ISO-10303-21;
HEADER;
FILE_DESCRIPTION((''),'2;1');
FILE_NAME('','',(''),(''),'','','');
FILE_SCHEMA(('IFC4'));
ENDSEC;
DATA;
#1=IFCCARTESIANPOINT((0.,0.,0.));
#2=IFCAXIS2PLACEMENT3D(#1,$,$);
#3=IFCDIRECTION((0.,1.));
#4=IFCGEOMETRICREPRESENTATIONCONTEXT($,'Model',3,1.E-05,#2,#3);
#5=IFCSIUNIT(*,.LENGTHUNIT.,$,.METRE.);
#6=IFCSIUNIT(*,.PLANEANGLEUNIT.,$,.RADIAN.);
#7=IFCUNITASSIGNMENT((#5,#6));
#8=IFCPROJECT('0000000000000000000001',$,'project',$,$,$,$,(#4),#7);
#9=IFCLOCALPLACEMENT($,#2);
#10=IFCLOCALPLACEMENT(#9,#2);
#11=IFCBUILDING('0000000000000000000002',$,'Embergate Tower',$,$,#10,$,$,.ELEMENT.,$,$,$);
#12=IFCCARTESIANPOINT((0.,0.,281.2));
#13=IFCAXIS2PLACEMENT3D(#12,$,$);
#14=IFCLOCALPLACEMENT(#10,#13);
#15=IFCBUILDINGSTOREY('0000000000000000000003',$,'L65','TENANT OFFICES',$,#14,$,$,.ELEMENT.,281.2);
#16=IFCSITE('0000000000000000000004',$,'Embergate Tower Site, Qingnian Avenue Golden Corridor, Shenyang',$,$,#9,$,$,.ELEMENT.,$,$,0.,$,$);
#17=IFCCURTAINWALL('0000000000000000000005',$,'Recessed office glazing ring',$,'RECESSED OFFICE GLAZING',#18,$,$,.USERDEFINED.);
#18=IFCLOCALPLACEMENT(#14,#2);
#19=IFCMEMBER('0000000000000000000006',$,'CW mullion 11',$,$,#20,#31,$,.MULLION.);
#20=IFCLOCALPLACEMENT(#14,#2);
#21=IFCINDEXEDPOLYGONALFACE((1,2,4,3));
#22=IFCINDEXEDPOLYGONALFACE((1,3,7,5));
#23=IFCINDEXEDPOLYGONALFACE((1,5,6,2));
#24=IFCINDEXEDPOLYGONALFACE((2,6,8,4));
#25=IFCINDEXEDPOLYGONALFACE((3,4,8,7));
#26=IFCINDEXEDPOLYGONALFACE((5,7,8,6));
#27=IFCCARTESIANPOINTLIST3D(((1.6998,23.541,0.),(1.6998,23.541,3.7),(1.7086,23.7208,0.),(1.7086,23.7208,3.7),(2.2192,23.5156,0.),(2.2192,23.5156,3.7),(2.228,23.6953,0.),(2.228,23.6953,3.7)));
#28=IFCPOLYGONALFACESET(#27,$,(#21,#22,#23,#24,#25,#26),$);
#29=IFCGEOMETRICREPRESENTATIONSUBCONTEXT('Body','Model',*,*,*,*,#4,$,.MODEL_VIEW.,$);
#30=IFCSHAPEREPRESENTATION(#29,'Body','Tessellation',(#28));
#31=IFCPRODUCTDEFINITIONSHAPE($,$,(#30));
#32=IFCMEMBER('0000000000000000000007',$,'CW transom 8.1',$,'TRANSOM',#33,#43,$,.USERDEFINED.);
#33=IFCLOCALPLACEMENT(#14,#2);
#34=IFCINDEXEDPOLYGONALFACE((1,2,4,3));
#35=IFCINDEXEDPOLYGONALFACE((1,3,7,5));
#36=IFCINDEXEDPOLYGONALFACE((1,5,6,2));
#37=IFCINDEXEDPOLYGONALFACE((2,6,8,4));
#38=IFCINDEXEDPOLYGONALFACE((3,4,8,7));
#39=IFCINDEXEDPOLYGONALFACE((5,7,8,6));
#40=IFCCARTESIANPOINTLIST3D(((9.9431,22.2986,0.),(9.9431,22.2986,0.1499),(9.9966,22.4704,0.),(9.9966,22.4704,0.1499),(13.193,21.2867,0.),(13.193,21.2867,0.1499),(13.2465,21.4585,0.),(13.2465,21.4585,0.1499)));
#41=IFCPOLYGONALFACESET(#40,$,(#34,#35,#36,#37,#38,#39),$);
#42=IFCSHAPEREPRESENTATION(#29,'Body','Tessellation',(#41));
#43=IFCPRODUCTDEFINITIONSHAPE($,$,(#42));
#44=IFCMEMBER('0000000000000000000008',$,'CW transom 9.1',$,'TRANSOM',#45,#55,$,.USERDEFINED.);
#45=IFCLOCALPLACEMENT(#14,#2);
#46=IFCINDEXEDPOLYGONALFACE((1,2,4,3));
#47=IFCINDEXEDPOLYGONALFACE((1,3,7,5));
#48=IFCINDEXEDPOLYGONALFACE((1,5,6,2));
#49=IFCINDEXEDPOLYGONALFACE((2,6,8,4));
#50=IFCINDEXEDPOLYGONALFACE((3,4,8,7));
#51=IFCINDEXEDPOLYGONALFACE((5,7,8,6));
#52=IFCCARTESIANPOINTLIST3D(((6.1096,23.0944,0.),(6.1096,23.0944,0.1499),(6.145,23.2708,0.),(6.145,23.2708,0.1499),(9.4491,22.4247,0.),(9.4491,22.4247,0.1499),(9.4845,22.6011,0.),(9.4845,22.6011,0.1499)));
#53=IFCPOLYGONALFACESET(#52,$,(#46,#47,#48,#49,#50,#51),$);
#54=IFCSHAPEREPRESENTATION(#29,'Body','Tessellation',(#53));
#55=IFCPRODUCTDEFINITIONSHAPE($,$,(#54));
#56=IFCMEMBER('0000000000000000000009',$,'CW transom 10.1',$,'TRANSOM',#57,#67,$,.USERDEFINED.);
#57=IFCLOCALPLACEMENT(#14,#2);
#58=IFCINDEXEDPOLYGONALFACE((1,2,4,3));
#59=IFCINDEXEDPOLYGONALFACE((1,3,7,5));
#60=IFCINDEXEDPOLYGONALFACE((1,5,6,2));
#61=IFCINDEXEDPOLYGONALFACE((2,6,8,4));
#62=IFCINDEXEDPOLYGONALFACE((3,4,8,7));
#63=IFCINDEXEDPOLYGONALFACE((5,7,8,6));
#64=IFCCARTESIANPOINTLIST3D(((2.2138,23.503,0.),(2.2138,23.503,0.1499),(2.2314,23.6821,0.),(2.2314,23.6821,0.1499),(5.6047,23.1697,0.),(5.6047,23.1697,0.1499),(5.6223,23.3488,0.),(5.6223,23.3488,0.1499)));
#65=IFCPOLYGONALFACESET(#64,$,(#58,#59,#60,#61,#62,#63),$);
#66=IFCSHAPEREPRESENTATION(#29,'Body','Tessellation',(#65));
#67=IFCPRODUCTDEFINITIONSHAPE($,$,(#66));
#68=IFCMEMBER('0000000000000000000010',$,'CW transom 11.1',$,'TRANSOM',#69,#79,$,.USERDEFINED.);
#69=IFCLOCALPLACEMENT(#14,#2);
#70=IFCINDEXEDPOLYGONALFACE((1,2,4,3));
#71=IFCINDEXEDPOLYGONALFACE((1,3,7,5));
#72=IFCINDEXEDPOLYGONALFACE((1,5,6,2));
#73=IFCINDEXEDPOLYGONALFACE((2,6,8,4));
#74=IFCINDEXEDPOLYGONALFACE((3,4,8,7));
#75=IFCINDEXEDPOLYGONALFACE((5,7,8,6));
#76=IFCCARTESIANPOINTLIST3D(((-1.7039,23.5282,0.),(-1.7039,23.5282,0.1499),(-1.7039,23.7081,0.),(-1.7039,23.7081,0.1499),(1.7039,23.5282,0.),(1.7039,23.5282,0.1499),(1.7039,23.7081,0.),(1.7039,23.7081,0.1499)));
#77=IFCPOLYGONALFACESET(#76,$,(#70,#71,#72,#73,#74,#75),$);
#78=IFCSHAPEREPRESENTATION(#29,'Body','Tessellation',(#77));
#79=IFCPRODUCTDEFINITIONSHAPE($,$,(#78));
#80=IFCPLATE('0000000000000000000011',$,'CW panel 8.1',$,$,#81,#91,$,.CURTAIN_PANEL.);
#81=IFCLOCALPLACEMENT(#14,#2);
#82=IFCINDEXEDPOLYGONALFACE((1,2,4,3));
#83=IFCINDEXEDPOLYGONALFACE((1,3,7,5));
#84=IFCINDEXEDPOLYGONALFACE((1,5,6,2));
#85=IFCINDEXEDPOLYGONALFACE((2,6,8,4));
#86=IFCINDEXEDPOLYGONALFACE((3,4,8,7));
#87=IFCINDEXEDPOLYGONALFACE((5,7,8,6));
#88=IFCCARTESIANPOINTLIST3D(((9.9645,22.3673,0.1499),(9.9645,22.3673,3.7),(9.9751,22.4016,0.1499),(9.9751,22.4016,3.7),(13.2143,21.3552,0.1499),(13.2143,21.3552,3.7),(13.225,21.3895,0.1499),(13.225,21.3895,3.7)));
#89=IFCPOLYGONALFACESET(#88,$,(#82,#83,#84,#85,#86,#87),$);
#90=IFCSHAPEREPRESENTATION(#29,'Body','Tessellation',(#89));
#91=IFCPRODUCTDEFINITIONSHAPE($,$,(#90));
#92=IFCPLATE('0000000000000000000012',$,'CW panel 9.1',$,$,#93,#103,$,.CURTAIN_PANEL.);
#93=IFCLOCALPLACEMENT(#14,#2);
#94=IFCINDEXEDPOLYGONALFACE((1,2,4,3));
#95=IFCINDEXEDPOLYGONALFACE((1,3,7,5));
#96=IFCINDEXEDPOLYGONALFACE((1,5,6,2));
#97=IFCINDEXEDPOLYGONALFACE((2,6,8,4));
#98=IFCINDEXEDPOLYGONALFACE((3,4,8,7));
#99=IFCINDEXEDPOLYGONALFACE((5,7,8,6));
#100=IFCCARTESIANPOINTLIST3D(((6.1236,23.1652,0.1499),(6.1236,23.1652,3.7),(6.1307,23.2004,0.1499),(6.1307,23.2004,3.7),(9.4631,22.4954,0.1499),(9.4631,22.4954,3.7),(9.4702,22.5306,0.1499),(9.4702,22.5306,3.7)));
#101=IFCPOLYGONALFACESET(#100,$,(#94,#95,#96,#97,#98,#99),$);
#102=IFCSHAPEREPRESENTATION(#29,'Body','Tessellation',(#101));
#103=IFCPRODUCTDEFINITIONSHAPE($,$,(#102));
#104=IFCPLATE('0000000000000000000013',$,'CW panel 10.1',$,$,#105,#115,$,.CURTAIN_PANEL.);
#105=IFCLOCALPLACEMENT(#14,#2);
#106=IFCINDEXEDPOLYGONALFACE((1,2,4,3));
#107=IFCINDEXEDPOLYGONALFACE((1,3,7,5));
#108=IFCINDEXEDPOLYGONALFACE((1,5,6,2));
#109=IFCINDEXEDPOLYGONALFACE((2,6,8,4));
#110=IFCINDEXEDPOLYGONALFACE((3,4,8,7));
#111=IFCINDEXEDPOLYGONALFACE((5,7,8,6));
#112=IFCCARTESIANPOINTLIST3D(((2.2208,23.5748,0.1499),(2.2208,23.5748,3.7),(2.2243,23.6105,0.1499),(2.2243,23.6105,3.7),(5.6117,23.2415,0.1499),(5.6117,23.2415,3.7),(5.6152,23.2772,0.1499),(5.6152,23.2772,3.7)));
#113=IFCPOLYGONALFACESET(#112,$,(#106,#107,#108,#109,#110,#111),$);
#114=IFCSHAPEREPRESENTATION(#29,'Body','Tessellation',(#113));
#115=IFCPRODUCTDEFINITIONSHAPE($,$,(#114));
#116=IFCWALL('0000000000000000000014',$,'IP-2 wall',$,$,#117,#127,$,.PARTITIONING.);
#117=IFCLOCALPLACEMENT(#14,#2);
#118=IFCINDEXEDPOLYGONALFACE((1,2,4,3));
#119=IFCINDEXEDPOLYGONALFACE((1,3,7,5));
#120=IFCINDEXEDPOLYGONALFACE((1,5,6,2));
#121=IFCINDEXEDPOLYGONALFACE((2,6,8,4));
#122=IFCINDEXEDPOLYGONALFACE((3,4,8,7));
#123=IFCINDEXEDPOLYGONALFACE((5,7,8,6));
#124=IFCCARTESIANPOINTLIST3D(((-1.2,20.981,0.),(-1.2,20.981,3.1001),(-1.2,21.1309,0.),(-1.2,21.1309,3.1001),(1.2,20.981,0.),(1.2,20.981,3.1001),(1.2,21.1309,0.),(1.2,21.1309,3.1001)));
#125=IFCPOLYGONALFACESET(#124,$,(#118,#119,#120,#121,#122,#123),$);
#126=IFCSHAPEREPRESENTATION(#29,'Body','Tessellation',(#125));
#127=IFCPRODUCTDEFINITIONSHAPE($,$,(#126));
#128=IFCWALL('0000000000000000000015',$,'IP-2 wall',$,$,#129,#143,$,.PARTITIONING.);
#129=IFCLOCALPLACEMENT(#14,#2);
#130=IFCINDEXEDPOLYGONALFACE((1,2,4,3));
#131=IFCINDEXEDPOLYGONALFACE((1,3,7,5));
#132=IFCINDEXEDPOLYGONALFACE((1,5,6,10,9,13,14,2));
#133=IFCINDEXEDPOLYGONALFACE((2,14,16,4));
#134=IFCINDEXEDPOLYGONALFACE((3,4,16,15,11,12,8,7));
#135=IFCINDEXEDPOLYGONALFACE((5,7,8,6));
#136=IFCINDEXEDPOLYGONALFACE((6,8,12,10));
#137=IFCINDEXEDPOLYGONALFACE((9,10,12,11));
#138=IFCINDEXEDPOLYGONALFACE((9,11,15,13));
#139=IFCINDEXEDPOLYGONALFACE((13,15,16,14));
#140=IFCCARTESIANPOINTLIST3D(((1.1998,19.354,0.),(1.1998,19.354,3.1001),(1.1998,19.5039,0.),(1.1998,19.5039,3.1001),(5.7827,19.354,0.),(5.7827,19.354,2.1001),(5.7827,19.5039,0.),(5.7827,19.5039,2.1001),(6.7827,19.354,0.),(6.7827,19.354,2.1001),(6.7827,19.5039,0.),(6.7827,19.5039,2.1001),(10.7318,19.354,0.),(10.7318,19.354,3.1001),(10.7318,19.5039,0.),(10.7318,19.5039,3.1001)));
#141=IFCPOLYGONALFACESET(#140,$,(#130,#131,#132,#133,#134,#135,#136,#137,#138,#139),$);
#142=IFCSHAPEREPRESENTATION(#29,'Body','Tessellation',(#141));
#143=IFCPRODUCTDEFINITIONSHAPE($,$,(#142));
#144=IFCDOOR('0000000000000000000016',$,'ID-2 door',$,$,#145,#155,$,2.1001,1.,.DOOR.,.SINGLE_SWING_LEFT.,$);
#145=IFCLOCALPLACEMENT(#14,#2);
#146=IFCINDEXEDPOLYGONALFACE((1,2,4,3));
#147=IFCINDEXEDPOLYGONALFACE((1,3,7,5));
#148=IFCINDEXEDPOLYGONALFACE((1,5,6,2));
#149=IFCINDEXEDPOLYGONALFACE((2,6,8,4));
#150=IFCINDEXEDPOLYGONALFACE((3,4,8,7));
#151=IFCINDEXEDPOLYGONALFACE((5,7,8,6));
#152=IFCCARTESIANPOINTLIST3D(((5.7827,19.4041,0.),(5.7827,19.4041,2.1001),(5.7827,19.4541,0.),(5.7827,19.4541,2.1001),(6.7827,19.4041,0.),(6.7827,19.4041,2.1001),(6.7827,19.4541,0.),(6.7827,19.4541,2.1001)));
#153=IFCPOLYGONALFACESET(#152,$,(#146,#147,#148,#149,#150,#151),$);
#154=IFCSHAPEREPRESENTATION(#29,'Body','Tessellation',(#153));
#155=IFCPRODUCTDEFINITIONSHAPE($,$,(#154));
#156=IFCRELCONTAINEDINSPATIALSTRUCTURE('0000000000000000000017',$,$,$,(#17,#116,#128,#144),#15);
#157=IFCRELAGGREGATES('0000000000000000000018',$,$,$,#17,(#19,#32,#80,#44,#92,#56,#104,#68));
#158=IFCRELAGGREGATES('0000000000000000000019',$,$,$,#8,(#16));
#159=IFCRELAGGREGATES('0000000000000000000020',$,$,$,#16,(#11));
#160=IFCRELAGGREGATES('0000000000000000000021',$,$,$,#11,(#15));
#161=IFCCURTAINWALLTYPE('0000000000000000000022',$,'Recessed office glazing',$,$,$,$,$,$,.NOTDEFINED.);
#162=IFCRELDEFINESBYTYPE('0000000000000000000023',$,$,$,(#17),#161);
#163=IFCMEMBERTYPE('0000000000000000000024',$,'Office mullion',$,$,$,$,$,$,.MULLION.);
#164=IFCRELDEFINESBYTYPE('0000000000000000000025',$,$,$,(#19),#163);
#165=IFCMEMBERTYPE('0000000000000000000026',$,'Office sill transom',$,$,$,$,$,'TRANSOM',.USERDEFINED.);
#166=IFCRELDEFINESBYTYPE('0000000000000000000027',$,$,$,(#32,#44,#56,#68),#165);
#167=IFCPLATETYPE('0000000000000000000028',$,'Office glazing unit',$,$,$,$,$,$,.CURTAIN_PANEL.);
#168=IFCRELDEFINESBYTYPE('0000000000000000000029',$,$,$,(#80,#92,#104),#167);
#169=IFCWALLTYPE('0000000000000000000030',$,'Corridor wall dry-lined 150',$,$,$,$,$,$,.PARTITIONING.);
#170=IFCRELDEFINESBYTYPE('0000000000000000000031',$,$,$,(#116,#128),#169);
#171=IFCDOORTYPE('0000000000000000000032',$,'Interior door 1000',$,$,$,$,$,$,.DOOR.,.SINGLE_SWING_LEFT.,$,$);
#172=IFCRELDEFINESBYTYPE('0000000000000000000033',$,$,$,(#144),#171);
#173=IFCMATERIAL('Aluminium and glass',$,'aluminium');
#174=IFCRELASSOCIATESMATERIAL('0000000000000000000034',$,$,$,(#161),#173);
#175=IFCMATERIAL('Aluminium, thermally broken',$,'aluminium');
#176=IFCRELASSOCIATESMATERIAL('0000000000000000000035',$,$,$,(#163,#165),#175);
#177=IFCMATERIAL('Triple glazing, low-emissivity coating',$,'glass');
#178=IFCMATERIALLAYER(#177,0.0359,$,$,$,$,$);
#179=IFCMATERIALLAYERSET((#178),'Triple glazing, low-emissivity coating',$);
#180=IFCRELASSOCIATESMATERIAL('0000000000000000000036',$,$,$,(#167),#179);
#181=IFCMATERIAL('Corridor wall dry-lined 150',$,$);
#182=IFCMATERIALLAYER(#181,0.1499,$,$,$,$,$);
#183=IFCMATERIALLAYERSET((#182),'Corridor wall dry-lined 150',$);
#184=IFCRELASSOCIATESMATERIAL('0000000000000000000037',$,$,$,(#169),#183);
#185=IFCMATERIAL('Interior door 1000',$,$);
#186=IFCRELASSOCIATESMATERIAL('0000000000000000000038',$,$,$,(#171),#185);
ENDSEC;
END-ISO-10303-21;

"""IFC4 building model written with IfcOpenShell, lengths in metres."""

from ifc_helpers import new_model, si_unit, direction, frame, frame_2d, origin, origin_2d, place, context, subcontext, project, spatial, rectangle, extrude, source, transform, mapped, material, layer, layer_set, material_profile, profile_set, type_object, element, fill, aggregate, save


model = new_model("IFC4")

# Units and contexts
model_context = context("Model", 3, precision=1e-05, world=origin(), true_north=direction((0.0, 1.0)))
body_context = subcontext(model_context, "Body", "Model", "MODEL_VIEW")
ifc_project = project(units=[si_unit("LENGTHUNIT", "METRE"), si_unit("PLANEANGLEUNIT", "RADIAN")], contexts=[model_context])

# Site, building, storey
site_placement = place(None, origin())
site = spatial("IfcSite", under=ifc_project, at=site_placement, Name="Embergate Tower Site, Qingnian Avenue Golden Corridor, Shenyang", CompositionType="ELEMENT", RefElevation=0.0)
building_placement = place(site_placement, origin())
building = spatial("IfcBuilding", under=site, at=building_placement, Name="Embergate Tower", CompositionType="ELEMENT")
storey_placement = place(building_placement, frame((0.0, 0.0, 281.2)))
storey = spatial("IfcBuildingStorey", under=building, at=storey_placement, Name="L65", Description="TENANT OFFICES", CompositionType="ELEMENT", Elevation=281.2)

# Curtain wall, members, plates
ifc_material_1 = material(Name="Aluminium and glass", Category="aluminium")
curtain_wall_type = type_object("IfcCurtainWallType", Name="Recessed office glazing", PredefinedType="NOTDEFINED", material=ifc_material_1)
curtain_wall_placement = place(storey_placement, origin())
curtain_wall = element("IfcCurtainWall", 1, at=curtain_wall_placement, inside=storey, type_object=curtain_wall_type, Name="Recessed office glazing ring", ObjectType="RECESSED OFFICE GLAZING", PredefinedType="USERDEFINED")
ifc_material_2 = material(Name="Aluminium, thermally broken", Category="aluminium")
ifc_material_profile_1 = material_profile(ifc_material_2, rectangle(XDim=0.1799, YDim=0.52, at=origin_2d()), Name="AL 520x180")
ifc_profile_set_1 = profile_set([ifc_material_profile_1], Name="Aluminium, thermally broken")
member_type_1 = type_object("IfcMemberType", Name="Office mullion", PredefinedType="MULLION", material=ifc_profile_set_1)
shared_shape_1 = source(origin(), body_context, "Body", "SweptSolid", [
    extrude(rectangle(XDim=0.1799, YDim=0.52, at=origin_2d()), origin(), (0.0, 0.0, 1.0), 3.7),
])
member_1_placement = place(storey_placement, frame((1.9639, 23.6182, 0.0), z_axis=(0.0, 0.0, 1.0), x_axis=(-0.04897, -0.9988, 0.0)))
member_1 = element("IfcMember", 2, at=member_1_placement, type_object=member_type_1, Name="CW mullion 11", PredefinedType="MULLION", context=body_context, shape_type="MappedRepresentation", body=[
    mapped(shared_shape_1, transform((0.0, 0.0, 0.0))),
])
ifc_material_profile_2 = material_profile(ifc_material_2, rectangle(XDim=0.1799, YDim=0.1499, at=origin_2d()), Name="AL 150x180")
ifc_profile_set_2 = profile_set([ifc_material_profile_2], Name="Aluminium, thermally broken")
member_type_2 = type_object("IfcMemberType", Name="Office sill transom", ElementType="TRANSOM", PredefinedType="USERDEFINED", material=ifc_profile_set_2)
shared_shape_2 = source(origin(), body_context, "Body", "SweptSolid", [
    extrude(rectangle(XDim=0.1799, YDim=0.1499, at=origin_2d()), origin(), (0.0, 0.0, 1.0), 3.4038),
])
member_2_placement = place(storey_placement, frame((13.2197, 21.3726, 0.075), z_axis=(-0.954786, 0.297295, 0.0), x_axis=(-0.297295, -0.954786, 0.0)))
member_2 = element("IfcMember", 3, at=member_2_placement, type_object=member_type_2, Name="CW transom 8.1", ObjectType="TRANSOM", PredefinedType="USERDEFINED", context=body_context, shape_type="MappedRepresentation", body=[
    mapped(shared_shape_2, transform((0.0, 0.0, 0.0))),
])
shared_shape_3 = source(origin(), body_context, "Body", "SweptSolid", [
    extrude(rectangle(XDim=0.1799, YDim=0.1499, at=origin_2d()), origin(), (0.0, 0.0, 1.0), 3.406),
])
member_3_placement = place(storey_placement, frame((9.4668, 22.5129, 0.075), z_axis=(-0.980481, 0.196612, 0.0), x_axis=(-0.196612, -0.980481, 0.0)))
member_3 = element("IfcMember", 4, at=member_3_placement, type_object=member_type_2, Name="CW transom 9.1", ObjectType="TRANSOM", PredefinedType="USERDEFINED", context=body_context, shape_type="MappedRepresentation", body=[
    mapped(shared_shape_3, transform((0.0, 0.0, 0.0))),
])
shared_shape_4 = source(origin(), body_context, "Body", "SweptSolid", [
    extrude(rectangle(XDim=0.1799, YDim=0.1499, at=origin_2d()), origin(), (0.0, 0.0, 1.0), 3.4072),
])
member_4_placement = place(storey_placement, frame((5.6135, 23.2593, 0.075), z_axis=(-0.995205, 0.097808, 0.0), x_axis=(-0.097808, -0.995205, 0.0)))
member_4 = element("IfcMember", 5, at=member_4_placement, type_object=member_type_2, Name="CW transom 10.1", ObjectType="TRANSOM", PredefinedType="USERDEFINED", context=body_context, shape_type="MappedRepresentation", body=[
    mapped(shared_shape_4, transform((0.0, 0.0, 0.0))),
])
shared_shape_5 = source(origin(), body_context, "Body", "SweptSolid", [
    extrude(rectangle(XDim=0.1799, YDim=0.1499, at=origin_2d()), origin(), (0.0, 0.0, 1.0), 3.4077),
])
member_5_placement = place(storey_placement, frame((1.7039, 23.6182, 0.075), z_axis=(-1.0, 0.0, 0.0), x_axis=(0.0, -1.0, 0.0)))
member_5 = element("IfcMember", 6, at=member_5_placement, type_object=member_type_2, Name="CW transom 11.1", ObjectType="TRANSOM", PredefinedType="USERDEFINED", context=body_context, shape_type="MappedRepresentation", body=[
    mapped(shared_shape_5, transform((0.0, 0.0, 0.0))),
])
ifc_material_3 = material(Name="Triple glazing, low-emissivity coating", Category="glass")
ifc_layer_1 = layer(ifc_material_3, 0.0359)
ifc_layer_set_1 = layer_set([ifc_layer_1], Name="Triple glazing, low-emissivity coating")
plate_type = type_object("IfcPlateType", Name="Office glazing unit", PredefinedType="CURTAIN_PANEL", material=ifc_layer_set_1)
shared_shape_6 = source(origin(), body_context, "Body", "SweptSolid", [
    extrude(rectangle(XDim=3.4038, YDim=0.0359, at=origin_2d()), origin(), (0.0, 0.0, 1.0), 3.55),
])
plate_1_placement = place(storey_placement, frame((11.5947, 21.8784, 0.1499), z_axis=(0.0, 0.0, 1.0), x_axis=(-0.954773, 0.297337, 0.0)))
plate_1 = element("IfcPlate", 7, at=plate_1_placement, type_object=plate_type, Name="CW panel 8.1", PredefinedType="CURTAIN_PANEL", context=body_context, shape_type="MappedRepresentation", body=[
    mapped(shared_shape_6, transform((0.0, 0.0, 0.0))),
])
shared_shape_7 = source(origin(), body_context, "Body", "SweptSolid", [
    extrude(rectangle(XDim=3.406, YDim=0.0359, at=origin_2d()), origin(), (0.0, 0.0, 1.0), 3.55),
])
plate_2_placement = place(storey_placement, frame((7.7969, 22.8479, 0.1499), z_axis=(0.0, 0.0, 1.0), x_axis=(-0.980476, 0.196639, 0.0)))
plate_2 = element("IfcPlate", 8, at=plate_2_placement, type_object=plate_type, Name="CW panel 9.1", PredefinedType="CURTAIN_PANEL", context=body_context, shape_type="MappedRepresentation", body=[
    mapped(shared_shape_7, transform((0.0, 0.0, 0.0))),
])
shared_shape_8 = source(origin(), body_context, "Body", "SweptSolid", [
    extrude(rectangle(XDim=3.4072, YDim=0.0359, at=origin_2d()), origin(), (0.0, 0.0, 1.0), 3.55),
])
plate_3_placement = place(storey_placement, frame((3.918, 23.426, 0.1499), z_axis=(0.0, 0.0, 1.0), x_axis=(-0.995203, 0.09783, 0.0)))
plate_3 = element("IfcPlate", 9, at=plate_3_placement, type_object=plate_type, Name="CW panel 10.1", PredefinedType="CURTAIN_PANEL", context=body_context, shape_type="MappedRepresentation", body=[
    mapped(shared_shape_8, transform((0.0, 0.0, 0.0))),
])
aggregate(curtain_wall, [member_1, member_2, plate_1, member_3, plate_2, member_4, plate_3, member_5])

# Wall
ifc_material_4 = material(Name="Corridor wall dry-lined 150")
ifc_layer_2 = layer(ifc_material_4, 0.1499)
ifc_layer_set_2 = layer_set([ifc_layer_2], Name="Corridor wall dry-lined 150")
wall_type_1 = type_object("IfcWallType", Name="Corridor wall dry-lined 150", PredefinedType="PARTITIONING", material=ifc_layer_set_2)
shared_shape_9 = source(origin(), body_context, "Body", "SweptSolid", [
    extrude(rectangle(XDim=2.3999, YDim=0.1499, at=frame_2d((1.2, 0.0))), origin(), (0.0, 0.0, 1.0), 3.1001),
])
wall_1_placement = place(storey_placement, frame((1.2, 21.0559, 0.0), z_axis=(0.0, 0.0, 1.0), x_axis=(-1.0, 0.0, 0.0)))
element("IfcWall", 10, at=wall_1_placement, inside=storey, type_object=wall_type_1, Name="IP-2 wall", PredefinedType="PARTITIONING", context=body_context, shape_type="MappedRepresentation", body=[
    mapped(shared_shape_9, transform((0.0, 0.0, 0.0))),
])

# Wall, opening, door
shared_shape_10 = source(origin(), body_context, "Body", "SweptSolid", [
    extrude(rectangle(XDim=9.532, YDim=0.1499, at=frame_2d((4.7661, 0.0))), origin(), (0.0, 0.0, 1.0), 3.1001),
])
wall_2_placement = place(storey_placement, frame((10.7319, 19.429, 0.0), z_axis=(0.0, 0.0, 1.0), x_axis=(-1.0, 0.0, 0.0)))
wall_2 = element("IfcWall", 11, at=wall_2_placement, inside=storey, type_object=wall_type_1, Name="IP-2 wall", PredefinedType="PARTITIONING", context=body_context, shape_type="MappedRepresentation", body=[
    mapped(shared_shape_10, transform((0.0, 0.0, 0.0))),
])
shared_shape_11 = source(origin(), body_context, "Body", "SweptSolid", [
    extrude(rectangle(XDim=1.0, YDim=2.1001, at=frame_2d((0.5, 1.05))), frame((0.0, 0.085, 0.0), z_axis=(0.0, -1.0, 0.0), x_axis=(1.0, 0.0, 0.0)), (0.0, 0.0, 1.0), 0.1699),
])
opening_1_placement = place(wall_2_placement, frame((3.9492, 0.0, 0.0)))
opening_1 = element("IfcOpeningElement", 12, at=opening_1_placement, cuts=wall_2, PredefinedType="OPENING", context=body_context, shape_type="MappedRepresentation", body=[
    mapped(shared_shape_11, transform((0.0, 0.0, 0.0))),
])
ifc_material_5 = material(Name="Interior door 1000")
door_type_1 = type_object("IfcDoorType", Name="Interior door 1000", OperationType="SINGLE_SWING_LEFT", PredefinedType="DOOR", material=ifc_material_5)
shared_shape_12 = source(origin(), body_context, "Body", "SweptSolid", [
    extrude(rectangle(XDim=1.0, YDim=2.1001, at=frame_2d((0.5, 1.05))), frame((0.0, 0.0249, 0.0), z_axis=(0.0, -1.0, 0.0), x_axis=(1.0, 0.0, 0.0)), (0.0, 0.0, 1.0), 0.05),
])
door_1_placement = place(opening_1_placement, origin())
door_1 = element("IfcDoor", 13, at=door_1_placement, inside=storey, type_object=door_type_1, Name="ID-2 door", OperationType="SINGLE_SWING_LEFT", OverallHeight=2.1001, OverallWidth=1.0, PredefinedType="DOOR", context=body_context, shape_type="MappedRepresentation", body=[
    mapped(shared_shape_12, transform((0.0, 0.0, 0.0))),
])
fill(opening_1, door_1)

save(model, "model.ifc")
